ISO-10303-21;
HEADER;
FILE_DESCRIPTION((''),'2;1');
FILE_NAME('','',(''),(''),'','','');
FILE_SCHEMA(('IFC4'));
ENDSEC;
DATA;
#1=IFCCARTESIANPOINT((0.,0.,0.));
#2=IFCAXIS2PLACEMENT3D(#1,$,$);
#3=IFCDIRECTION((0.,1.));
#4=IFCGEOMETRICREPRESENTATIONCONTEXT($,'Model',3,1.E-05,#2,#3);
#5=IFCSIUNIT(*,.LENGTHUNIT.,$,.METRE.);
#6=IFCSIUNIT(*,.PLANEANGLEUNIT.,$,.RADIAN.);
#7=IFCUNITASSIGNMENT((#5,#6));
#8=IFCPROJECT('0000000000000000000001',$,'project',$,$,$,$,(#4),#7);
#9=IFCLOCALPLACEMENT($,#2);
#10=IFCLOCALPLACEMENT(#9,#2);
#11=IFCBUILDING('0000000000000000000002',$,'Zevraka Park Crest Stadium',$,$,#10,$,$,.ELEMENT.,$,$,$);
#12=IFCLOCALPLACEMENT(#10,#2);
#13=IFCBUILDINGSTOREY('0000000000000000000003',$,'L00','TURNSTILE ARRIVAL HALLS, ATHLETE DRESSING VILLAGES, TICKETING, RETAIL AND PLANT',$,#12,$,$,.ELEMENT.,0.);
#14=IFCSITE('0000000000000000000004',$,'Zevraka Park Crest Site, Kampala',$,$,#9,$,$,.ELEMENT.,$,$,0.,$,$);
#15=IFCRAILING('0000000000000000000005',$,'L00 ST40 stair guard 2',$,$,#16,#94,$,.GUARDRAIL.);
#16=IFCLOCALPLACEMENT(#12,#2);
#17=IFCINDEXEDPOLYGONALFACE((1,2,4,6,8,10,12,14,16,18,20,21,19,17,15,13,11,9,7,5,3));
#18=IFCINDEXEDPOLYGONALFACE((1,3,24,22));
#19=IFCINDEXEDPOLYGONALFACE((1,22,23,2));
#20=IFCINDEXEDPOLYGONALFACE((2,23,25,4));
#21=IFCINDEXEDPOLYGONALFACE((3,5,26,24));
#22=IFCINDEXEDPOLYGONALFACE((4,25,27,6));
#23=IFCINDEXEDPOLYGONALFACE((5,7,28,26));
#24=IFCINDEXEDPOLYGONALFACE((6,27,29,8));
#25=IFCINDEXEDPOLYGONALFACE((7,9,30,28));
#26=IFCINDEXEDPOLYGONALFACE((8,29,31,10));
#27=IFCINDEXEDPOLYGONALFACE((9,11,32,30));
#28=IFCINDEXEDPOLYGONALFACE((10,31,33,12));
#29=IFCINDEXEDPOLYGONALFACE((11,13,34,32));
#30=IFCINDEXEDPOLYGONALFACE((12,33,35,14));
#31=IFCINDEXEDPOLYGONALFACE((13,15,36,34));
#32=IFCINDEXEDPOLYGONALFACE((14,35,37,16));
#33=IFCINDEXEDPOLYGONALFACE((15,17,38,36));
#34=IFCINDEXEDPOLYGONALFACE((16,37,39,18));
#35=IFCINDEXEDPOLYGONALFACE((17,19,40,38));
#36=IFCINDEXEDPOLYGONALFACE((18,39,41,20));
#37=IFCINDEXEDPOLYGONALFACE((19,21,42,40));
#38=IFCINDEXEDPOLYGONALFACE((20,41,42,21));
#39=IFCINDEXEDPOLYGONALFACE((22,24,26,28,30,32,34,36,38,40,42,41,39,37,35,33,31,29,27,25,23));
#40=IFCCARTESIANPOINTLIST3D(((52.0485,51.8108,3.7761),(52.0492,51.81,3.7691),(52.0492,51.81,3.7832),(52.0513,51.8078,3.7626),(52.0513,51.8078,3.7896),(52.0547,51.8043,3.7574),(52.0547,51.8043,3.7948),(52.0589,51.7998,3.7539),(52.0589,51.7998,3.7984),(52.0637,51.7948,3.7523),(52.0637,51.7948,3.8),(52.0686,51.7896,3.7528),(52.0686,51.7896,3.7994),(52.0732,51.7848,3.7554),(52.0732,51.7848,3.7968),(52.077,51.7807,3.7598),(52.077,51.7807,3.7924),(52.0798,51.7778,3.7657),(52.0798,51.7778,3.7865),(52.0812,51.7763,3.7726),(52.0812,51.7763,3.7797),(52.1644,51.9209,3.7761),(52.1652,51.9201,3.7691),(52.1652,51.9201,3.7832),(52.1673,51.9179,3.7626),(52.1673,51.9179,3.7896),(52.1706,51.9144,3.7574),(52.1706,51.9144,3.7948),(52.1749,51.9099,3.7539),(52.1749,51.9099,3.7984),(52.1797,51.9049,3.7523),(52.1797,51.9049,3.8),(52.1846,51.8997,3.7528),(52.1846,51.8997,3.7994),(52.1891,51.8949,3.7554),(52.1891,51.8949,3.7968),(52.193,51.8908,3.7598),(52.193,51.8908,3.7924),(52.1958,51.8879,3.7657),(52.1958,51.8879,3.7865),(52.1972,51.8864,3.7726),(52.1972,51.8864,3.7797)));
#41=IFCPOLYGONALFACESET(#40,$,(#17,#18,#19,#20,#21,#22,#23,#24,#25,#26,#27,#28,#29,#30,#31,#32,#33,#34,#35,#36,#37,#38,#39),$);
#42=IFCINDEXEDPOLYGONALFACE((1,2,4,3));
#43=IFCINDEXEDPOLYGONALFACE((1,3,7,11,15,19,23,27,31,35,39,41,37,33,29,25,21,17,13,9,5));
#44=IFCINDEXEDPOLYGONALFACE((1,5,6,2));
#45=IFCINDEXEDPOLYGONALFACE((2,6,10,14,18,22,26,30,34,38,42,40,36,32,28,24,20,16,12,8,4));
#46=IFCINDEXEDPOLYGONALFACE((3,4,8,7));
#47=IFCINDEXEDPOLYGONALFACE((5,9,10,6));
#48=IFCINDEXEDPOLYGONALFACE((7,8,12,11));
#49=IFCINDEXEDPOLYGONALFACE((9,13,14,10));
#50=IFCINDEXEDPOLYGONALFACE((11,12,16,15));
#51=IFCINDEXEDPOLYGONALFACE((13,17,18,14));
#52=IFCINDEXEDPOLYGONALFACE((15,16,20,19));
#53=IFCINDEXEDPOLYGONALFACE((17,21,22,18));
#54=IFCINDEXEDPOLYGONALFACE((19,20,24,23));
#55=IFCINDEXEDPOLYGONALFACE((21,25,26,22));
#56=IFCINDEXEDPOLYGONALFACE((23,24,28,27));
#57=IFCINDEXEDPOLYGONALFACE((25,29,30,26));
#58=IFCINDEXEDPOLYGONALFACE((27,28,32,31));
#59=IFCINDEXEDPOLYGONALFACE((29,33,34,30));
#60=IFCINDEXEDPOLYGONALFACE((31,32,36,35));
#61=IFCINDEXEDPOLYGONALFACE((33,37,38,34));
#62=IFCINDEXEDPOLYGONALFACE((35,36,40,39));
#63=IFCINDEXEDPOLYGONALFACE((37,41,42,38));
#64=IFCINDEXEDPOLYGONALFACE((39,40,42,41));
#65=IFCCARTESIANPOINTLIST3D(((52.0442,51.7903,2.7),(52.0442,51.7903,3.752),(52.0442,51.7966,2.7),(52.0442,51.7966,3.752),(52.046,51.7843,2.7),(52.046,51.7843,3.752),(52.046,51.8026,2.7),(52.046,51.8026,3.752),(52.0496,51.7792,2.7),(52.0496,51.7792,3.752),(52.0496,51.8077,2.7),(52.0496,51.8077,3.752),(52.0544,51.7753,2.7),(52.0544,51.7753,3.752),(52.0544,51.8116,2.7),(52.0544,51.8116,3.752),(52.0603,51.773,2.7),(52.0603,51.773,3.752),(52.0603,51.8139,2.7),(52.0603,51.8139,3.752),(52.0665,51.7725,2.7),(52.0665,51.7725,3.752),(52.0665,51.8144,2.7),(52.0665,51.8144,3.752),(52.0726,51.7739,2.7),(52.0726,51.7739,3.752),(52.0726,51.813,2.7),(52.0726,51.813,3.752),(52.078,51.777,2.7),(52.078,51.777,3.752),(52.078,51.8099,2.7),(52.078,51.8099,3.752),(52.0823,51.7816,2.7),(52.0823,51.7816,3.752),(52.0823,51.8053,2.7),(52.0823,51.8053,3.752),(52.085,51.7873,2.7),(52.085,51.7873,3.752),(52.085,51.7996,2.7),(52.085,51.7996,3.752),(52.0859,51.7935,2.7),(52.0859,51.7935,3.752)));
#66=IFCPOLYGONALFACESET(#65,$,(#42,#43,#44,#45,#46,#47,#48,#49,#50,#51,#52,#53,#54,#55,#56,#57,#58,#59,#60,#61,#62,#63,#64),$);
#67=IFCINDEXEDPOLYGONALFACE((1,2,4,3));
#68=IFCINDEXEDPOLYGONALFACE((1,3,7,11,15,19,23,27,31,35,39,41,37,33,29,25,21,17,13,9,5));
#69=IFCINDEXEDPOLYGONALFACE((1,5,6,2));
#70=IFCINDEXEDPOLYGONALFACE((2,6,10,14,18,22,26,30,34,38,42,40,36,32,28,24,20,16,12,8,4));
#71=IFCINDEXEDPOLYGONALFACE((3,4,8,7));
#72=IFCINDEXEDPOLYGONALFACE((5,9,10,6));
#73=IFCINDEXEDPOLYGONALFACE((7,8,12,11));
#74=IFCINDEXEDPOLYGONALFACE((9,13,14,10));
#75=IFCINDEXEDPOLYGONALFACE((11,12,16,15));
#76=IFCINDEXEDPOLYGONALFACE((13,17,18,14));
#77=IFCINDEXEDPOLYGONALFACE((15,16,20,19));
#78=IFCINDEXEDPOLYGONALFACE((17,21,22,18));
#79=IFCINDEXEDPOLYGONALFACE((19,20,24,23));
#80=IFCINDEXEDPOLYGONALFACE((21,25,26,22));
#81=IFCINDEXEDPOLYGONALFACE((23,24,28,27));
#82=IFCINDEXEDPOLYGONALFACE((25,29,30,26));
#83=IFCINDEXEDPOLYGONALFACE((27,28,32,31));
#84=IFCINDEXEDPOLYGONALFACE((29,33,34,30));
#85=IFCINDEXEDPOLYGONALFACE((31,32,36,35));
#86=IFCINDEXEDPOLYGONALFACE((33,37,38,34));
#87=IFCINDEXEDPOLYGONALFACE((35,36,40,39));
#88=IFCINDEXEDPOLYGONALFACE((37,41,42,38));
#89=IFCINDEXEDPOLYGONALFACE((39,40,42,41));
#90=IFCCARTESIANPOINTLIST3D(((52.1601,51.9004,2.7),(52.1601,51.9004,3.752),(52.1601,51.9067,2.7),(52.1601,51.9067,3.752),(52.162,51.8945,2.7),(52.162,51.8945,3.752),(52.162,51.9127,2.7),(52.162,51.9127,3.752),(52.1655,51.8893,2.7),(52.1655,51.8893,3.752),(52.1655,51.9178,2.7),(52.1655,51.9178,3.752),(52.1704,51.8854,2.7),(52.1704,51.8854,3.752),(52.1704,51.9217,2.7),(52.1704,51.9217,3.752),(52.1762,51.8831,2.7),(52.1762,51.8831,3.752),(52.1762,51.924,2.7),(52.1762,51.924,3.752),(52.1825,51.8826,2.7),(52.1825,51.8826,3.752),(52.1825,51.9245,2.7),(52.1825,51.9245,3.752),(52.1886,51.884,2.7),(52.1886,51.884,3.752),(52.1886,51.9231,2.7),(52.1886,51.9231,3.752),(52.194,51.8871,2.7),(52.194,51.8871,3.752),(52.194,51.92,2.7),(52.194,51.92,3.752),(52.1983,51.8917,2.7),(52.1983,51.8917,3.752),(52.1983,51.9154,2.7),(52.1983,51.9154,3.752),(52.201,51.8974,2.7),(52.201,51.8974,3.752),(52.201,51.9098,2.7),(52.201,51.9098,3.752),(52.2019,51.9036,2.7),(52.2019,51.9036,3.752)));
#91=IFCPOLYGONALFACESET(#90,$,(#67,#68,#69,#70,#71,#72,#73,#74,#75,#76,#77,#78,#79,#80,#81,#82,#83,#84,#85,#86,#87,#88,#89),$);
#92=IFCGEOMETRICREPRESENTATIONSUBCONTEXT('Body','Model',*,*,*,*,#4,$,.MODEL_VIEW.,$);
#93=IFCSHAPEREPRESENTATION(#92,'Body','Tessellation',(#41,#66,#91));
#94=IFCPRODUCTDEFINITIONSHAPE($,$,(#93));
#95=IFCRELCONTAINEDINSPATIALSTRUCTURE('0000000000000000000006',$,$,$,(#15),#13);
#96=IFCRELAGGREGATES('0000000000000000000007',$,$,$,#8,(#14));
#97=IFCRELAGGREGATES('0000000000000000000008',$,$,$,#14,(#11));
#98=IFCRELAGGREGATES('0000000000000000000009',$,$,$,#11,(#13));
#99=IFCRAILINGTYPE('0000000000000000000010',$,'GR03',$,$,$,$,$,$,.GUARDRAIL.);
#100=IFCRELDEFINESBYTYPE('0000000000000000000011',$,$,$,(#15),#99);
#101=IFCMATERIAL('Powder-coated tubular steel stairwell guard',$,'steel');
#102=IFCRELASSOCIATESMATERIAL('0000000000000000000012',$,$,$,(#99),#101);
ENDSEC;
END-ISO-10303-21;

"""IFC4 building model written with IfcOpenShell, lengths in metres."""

from ifc_helpers import new_model, si_unit, direction, frame, origin, origin_2d, place, context, subcontext, project, spatial, circle, extrude, material, type_object, element, save


model = new_model("IFC4")

# Units and contexts
model_context = context("Model", 3, precision=1e-05, world=origin(), true_north=direction((0.0, 1.0)))
body_context = subcontext(model_context, "Body", "Model", "MODEL_VIEW")
ifc_project = project(units=[si_unit("LENGTHUNIT", "METRE"), si_unit("PLANEANGLEUNIT", "RADIAN")], contexts=[model_context])

# Site, building, storey
site_placement = place(None, origin())
site = spatial("IfcSite", under=ifc_project, at=site_placement, Name="Zevraka Park Crest Site, Kampala", CompositionType="ELEMENT", RefElevation=0.0)
building_placement = place(site_placement, origin())
building = spatial("IfcBuilding", under=site, at=building_placement, Name="Zevraka Park Crest Stadium", CompositionType="ELEMENT")
storey_placement = place(building_placement, origin())
storey = spatial("IfcBuildingStorey", under=building, at=storey_placement, Name="L00", Description="TURNSTILE ARRIVAL HALLS, ATHLETE DRESSING VILLAGES, TICKETING, RETAIL AND PLANT", CompositionType="ELEMENT", Elevation=0.0)

# Railing
ifc_material_1 = material(Name="Powder-coated tubular steel stairwell guard", Category="steel")
railing_type_1 = type_object("IfcRailingType", Name="GR03", PredefinedType="GUARDRAIL", material=ifc_material_1)
railing_1_placement = place(storey_placement, frame((52.0649, 51.7935, 2.7)))
element("IfcRailing", 1, at=railing_1_placement, inside=storey, type_object=railing_type_1, Name="L00 ST40 stair guard 2", PredefinedType="GUARDRAIL", context=body_context, shape_type="SweptSolid", body=[
    extrude(circle(Radius=0.0239, at=origin_2d()), frame((0.0, 0.0, 1.0762), z_axis=(0.72519, 0.688549, 0.0), x_axis=(-0.688549, 0.72519, 0.0)), (0.0, 0.0, 1.0), 0.1599),
    extrude(circle(Radius=0.021, at=origin_2d()), origin(), (0.0, 0.0, 1.0), 1.052),
    extrude(circle(Radius=0.021, at=origin_2d()), frame((0.116, 0.1101, 0.0)), (0.0, 0.0, 1.0), 1.052),
])

save(model, "model.ifc")
